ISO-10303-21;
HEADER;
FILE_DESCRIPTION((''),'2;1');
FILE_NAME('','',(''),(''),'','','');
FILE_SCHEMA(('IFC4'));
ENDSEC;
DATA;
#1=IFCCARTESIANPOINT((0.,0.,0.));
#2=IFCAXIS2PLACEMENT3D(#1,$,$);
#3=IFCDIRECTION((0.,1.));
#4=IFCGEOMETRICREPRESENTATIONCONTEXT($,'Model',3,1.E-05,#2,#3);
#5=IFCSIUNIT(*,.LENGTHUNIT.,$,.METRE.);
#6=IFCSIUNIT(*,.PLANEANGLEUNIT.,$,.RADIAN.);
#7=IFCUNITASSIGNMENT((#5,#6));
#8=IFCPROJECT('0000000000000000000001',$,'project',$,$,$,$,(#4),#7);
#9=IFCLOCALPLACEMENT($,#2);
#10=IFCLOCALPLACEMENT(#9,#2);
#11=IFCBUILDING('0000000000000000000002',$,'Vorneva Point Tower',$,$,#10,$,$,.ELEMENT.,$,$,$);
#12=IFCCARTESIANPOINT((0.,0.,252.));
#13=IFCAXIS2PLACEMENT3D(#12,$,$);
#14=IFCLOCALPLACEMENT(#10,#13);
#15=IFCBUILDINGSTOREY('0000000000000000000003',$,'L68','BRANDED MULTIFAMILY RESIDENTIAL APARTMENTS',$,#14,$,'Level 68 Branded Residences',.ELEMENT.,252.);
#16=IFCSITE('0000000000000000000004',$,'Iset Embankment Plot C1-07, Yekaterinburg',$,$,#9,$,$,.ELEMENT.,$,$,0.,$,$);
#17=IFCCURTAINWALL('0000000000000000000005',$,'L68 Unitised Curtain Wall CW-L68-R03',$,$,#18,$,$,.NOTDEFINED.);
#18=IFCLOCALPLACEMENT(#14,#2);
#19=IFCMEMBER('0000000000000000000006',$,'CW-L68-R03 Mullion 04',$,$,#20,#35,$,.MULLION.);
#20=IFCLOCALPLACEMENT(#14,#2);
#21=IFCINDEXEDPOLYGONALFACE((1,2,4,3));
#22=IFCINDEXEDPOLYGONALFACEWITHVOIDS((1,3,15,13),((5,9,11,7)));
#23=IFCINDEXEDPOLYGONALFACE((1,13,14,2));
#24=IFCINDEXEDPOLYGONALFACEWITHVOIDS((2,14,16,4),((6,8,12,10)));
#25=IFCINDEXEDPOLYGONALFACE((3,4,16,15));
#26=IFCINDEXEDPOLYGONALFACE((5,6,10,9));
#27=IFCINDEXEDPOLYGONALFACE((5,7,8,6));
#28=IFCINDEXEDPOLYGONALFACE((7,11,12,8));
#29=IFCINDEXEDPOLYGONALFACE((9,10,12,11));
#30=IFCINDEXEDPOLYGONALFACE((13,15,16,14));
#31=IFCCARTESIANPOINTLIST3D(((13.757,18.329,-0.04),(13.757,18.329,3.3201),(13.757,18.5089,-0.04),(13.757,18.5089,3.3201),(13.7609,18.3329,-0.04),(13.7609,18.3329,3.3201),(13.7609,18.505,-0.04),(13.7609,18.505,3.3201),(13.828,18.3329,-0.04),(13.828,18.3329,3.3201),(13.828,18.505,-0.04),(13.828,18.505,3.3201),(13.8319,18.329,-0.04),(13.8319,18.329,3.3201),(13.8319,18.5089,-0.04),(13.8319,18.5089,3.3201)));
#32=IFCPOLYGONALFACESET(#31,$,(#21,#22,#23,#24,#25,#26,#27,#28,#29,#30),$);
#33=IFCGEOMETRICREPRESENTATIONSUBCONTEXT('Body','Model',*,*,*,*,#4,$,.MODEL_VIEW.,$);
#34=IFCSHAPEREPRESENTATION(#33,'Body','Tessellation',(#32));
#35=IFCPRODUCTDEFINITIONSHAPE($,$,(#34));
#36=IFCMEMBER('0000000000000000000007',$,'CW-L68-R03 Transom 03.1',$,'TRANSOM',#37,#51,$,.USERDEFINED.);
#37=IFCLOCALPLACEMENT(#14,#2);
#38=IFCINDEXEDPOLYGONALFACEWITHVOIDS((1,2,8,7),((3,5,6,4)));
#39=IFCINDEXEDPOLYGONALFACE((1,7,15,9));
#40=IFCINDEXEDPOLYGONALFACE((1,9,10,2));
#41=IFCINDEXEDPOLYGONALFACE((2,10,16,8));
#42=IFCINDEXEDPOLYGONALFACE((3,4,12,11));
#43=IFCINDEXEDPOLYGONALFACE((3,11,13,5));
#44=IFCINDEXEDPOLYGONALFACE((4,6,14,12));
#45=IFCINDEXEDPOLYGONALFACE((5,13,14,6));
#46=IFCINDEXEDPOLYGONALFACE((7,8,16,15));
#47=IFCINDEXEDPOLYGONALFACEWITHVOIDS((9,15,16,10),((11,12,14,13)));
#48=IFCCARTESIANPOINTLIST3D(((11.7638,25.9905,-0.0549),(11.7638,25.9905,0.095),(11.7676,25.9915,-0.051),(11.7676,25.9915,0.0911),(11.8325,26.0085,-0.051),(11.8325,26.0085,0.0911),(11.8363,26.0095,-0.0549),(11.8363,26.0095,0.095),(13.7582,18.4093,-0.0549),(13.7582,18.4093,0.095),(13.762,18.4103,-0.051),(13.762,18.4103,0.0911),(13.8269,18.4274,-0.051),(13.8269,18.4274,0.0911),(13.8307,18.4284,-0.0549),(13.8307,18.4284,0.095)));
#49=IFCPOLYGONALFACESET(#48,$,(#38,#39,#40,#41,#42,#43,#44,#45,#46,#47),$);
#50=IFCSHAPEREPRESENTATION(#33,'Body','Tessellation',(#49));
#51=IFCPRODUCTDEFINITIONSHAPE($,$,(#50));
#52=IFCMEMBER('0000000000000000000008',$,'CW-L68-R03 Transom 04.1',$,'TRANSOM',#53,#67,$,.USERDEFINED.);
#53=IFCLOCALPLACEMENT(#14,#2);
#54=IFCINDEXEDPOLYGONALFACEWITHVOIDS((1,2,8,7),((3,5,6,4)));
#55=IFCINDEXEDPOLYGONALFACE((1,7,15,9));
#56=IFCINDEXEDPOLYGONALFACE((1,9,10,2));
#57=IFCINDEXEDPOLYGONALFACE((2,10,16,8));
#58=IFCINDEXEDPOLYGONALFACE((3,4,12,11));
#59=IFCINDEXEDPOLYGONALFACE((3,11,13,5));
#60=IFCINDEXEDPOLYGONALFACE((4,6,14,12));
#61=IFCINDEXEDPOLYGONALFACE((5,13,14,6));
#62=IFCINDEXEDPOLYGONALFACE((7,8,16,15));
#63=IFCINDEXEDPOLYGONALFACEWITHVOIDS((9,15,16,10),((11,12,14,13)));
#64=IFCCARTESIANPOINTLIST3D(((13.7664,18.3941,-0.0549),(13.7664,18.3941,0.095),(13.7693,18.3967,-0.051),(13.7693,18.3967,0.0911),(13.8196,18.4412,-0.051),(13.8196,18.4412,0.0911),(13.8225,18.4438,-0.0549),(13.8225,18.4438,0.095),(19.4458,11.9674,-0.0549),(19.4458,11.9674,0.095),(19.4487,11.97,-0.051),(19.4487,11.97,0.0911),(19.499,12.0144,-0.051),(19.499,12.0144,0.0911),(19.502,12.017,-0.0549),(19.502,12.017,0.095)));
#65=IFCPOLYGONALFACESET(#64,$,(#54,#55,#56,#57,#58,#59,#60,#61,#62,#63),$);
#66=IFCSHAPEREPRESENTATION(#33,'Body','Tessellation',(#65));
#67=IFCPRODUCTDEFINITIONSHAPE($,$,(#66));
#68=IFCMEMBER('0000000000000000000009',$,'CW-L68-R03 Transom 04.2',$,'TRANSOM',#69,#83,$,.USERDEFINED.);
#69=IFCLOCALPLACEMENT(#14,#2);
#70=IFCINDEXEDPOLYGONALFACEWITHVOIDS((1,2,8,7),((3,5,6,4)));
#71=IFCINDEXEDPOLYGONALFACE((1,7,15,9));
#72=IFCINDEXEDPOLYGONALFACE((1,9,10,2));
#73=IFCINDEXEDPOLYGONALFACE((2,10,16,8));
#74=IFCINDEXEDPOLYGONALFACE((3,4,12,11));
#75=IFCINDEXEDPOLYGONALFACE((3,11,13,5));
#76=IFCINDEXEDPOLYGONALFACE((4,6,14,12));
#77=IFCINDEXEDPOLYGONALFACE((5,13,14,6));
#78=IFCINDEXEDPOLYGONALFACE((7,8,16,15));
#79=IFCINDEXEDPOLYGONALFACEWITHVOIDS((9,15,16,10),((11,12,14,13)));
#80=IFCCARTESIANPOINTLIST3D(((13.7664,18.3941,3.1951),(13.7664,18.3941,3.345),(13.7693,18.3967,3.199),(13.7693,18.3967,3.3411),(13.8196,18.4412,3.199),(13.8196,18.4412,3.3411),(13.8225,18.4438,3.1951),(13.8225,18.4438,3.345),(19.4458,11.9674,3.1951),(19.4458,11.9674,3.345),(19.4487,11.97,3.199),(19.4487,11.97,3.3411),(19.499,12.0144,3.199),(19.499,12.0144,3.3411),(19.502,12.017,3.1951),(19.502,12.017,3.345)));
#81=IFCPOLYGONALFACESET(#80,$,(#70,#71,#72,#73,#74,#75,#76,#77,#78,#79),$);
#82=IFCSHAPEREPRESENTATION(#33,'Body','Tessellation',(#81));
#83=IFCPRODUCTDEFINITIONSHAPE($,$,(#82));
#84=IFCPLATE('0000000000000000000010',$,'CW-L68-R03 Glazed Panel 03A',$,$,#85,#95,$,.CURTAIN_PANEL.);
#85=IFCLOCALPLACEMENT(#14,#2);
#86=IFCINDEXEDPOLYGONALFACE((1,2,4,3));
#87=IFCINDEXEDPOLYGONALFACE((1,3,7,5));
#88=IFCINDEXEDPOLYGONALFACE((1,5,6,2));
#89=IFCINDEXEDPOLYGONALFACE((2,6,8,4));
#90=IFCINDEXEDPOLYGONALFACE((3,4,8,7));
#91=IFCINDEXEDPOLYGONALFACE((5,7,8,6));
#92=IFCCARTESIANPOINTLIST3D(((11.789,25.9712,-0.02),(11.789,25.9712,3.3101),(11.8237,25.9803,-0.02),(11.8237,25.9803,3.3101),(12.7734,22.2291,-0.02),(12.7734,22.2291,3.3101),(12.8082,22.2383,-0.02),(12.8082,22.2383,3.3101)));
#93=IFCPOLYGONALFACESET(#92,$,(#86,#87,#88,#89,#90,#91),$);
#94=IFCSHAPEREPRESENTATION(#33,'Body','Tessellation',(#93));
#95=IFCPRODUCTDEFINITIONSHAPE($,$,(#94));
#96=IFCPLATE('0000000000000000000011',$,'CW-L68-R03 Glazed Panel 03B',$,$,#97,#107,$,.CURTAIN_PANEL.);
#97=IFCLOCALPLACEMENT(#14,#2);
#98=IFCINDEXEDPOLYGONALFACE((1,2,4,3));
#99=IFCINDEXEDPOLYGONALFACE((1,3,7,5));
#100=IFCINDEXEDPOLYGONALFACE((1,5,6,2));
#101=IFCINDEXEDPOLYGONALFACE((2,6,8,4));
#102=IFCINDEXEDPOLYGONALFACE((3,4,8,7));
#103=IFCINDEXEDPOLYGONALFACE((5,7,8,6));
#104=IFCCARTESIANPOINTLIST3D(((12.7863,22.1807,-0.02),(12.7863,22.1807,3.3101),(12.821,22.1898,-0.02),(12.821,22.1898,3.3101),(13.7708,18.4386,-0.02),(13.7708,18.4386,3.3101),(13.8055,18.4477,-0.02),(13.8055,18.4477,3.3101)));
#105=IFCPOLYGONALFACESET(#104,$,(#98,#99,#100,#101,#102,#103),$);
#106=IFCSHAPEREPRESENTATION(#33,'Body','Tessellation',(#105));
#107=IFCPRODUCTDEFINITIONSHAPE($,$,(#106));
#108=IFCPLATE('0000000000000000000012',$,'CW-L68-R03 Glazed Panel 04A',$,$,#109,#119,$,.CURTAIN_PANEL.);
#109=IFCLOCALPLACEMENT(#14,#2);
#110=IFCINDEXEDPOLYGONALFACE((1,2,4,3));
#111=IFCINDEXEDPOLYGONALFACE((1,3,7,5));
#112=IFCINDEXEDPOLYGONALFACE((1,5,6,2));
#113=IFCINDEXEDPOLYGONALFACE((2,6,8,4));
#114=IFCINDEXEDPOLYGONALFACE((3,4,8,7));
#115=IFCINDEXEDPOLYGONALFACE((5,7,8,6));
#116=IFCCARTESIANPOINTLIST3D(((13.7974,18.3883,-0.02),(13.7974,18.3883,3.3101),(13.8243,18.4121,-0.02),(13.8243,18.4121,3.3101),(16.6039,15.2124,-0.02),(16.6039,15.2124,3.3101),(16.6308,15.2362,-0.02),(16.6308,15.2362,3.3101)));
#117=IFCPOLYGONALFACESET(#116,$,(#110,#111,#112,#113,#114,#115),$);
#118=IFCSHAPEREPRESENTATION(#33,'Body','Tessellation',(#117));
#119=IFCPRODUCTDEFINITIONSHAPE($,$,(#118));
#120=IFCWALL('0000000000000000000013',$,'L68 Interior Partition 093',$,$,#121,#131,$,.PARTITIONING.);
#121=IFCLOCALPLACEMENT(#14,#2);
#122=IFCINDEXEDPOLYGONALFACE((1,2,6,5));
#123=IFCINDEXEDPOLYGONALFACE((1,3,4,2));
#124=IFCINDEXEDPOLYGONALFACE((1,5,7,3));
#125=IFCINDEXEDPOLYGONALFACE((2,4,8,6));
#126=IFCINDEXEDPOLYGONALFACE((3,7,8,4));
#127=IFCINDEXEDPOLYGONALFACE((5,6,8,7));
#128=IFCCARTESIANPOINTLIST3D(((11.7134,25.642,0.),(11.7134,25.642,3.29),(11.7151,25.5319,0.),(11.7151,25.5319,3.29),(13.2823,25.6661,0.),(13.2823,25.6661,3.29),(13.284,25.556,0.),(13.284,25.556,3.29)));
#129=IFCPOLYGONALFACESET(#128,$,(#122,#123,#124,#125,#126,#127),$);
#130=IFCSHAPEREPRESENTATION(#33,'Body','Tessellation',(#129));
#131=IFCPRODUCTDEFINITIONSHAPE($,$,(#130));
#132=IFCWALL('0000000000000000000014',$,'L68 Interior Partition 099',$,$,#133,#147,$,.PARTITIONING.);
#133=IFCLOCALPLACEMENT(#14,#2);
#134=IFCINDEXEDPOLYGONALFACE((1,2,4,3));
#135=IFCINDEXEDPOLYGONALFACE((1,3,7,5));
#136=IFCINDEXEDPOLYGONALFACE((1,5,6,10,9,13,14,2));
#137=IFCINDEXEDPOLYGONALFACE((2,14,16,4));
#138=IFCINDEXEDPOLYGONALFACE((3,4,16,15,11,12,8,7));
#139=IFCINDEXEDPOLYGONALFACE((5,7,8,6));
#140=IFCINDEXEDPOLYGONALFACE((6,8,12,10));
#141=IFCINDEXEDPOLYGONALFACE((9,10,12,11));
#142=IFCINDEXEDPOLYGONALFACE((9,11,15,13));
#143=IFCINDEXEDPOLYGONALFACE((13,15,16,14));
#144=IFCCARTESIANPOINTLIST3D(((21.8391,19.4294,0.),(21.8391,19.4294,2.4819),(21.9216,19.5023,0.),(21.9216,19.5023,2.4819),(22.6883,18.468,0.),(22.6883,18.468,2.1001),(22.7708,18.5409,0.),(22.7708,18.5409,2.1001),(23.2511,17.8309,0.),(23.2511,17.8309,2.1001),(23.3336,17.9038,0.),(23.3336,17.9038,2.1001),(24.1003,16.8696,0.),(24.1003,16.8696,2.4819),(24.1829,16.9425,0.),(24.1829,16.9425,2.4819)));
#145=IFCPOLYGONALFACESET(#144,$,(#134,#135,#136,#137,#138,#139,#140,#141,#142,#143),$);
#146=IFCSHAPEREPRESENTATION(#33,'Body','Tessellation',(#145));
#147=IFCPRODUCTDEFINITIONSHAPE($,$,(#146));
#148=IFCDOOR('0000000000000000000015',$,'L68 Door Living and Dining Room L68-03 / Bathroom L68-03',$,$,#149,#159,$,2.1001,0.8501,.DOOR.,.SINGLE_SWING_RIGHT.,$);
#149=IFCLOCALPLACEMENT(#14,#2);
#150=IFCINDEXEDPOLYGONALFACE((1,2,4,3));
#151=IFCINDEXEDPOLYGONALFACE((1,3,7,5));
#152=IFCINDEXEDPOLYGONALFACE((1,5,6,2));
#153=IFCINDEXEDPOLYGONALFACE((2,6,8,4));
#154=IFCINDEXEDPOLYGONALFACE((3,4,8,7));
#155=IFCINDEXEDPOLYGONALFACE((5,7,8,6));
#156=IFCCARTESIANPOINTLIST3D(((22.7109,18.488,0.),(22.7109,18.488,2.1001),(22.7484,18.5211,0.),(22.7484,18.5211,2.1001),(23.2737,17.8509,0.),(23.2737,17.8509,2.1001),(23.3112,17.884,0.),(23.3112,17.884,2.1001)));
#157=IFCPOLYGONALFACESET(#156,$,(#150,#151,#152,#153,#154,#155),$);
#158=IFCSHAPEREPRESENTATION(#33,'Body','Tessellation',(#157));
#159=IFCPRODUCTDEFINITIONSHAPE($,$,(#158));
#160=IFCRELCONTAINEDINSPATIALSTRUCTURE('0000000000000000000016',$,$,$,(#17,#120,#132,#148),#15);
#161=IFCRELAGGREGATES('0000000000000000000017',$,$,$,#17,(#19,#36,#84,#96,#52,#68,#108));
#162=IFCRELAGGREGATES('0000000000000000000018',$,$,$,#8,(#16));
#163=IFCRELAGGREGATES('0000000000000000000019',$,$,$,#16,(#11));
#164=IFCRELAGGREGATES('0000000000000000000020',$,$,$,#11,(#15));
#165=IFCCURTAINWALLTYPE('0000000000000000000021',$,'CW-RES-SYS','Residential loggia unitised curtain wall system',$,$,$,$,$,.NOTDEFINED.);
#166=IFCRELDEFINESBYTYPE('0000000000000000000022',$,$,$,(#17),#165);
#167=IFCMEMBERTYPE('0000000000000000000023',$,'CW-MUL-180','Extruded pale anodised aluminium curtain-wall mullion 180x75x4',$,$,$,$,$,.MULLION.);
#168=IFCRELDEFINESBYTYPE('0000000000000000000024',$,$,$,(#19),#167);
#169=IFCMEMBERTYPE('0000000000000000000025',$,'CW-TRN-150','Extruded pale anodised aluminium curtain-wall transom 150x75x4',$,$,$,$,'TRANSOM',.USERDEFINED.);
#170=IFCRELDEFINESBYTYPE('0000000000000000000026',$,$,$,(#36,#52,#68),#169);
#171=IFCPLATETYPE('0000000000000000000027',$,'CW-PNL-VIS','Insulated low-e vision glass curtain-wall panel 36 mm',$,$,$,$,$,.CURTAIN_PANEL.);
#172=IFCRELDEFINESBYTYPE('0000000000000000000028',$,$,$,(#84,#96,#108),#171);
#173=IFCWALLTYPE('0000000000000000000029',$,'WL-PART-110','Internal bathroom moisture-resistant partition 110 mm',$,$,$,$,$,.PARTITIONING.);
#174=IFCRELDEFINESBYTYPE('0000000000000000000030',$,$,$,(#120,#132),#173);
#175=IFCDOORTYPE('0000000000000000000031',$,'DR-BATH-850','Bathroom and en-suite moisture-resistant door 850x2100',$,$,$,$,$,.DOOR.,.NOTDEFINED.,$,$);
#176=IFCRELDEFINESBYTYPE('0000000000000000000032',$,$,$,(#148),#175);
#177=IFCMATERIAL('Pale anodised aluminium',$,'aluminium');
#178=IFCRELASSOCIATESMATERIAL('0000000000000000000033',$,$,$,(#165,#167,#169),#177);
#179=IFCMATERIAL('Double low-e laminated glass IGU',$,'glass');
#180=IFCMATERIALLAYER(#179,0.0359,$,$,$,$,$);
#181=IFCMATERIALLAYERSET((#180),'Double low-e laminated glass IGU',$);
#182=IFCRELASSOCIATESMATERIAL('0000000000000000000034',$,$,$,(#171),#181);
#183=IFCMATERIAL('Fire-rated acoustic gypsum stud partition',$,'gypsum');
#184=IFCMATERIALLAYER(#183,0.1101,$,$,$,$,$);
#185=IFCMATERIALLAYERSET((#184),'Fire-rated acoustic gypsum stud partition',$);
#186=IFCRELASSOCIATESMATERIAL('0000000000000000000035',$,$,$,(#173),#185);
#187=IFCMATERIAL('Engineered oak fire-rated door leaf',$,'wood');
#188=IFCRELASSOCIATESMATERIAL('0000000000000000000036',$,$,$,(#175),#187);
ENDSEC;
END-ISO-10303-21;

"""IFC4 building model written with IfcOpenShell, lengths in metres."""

from ifc_helpers import new_model, si_unit, direction, frame, frame_2d, origin, origin_2d, place, context, subcontext, project, spatial, rectangle, hollow_rectangle, extrude, material, layer, layer_set, material_profile, profile_set, type_object, element, fill, aggregate, save


model = new_model("IFC4")

# Units and contexts
model_context = context("Model", 3, precision=1e-05, world=origin(), true_north=direction((0.0, 1.0)))
body_context = subcontext(model_context, "Body", "Model", "MODEL_VIEW")
ifc_project = project(units=[si_unit("LENGTHUNIT", "METRE"), si_unit("PLANEANGLEUNIT", "RADIAN")], contexts=[model_context])

# Site, building, storey
site_placement = place(None, origin())
site = spatial("IfcSite", under=ifc_project, at=site_placement, Name="Iset Embankment Plot C1-07, Yekaterinburg", CompositionType="ELEMENT", RefElevation=0.0)
building_placement = place(site_placement, origin())
building = spatial("IfcBuilding", under=site, at=building_placement, Name="Vorneva Point Tower", CompositionType="ELEMENT")
storey_placement = place(building_placement, frame((0.0, 0.0, 252.0)))
storey = spatial("IfcBuildingStorey", under=building, at=storey_placement, Name="L68", Description="BRANDED MULTIFAMILY RESIDENTIAL APARTMENTS", LongName="Level 68 Branded Residences", CompositionType="ELEMENT", Elevation=252.0)

# Curtain wall, members, plates
ifc_material_1 = material(Name="Pale anodised aluminium", Category="aluminium")
curtain_wall_type = type_object("IfcCurtainWallType", Name="CW-RES-SYS", Description="Residential loggia unitised curtain wall system", PredefinedType="NOTDEFINED", material=ifc_material_1)
curtain_wall_placement = place(storey_placement, origin())
curtain_wall = element("IfcCurtainWall", 1, at=curtain_wall_placement, inside=storey, type_object=curtain_wall_type, Name="L68 Unitised Curtain Wall CW-L68-R03", PredefinedType="NOTDEFINED")
ifc_material_profile_1 = material_profile(ifc_material_1, hollow_rectangle(XDim=0.075, YDim=0.1799, WallThickness=0.0039, at=origin_2d()), Name="AL-MUL 180x75x4")
ifc_profile_set_1 = profile_set([ifc_material_profile_1], Name="Pale anodised aluminium")
member_type_1 = type_object("IfcMemberType", Name="CW-MUL-180", Description="Extruded pale anodised aluminium curtain-wall mullion 180x75x4", PredefinedType="MULLION", material=ifc_profile_set_1)
member_1_placement = place(storey_placement, frame((13.7944, 18.4189, -0.04), z_axis=(0.0, 0.0, 1.0), x_axis=(1.0, 0.0, 0.0)))
member_1 = element("IfcMember", 2, at=member_1_placement, type_object=member_type_1, Name="CW-L68-R03 Mullion 04", PredefinedType="MULLION", context=body_context, shape_type="SweptSolid", body=[
    extrude(hollow_rectangle(XDim=0.075, YDim=0.1799, WallThickness=0.0039, at=origin_2d()), origin(), (0.0, 0.0, 1.0), 3.3601),
])
ifc_material_profile_2 = material_profile(ifc_material_1, hollow_rectangle(XDim=0.075, YDim=0.1499, WallThickness=0.0039, at=origin_2d()), Name="AL-TRN 150x75x4")
ifc_profile_set_2 = profile_set([ifc_material_profile_2], Name="Pale anodised aluminium")
member_type_2 = type_object("IfcMemberType", Name="CW-TRN-150", Description="Extruded pale anodised aluminium curtain-wall transom 150x75x4", ElementType="TRANSOM", PredefinedType="USERDEFINED", material=ifc_profile_set_2)
member_2_placement = place(storey_placement, frame((11.8, 26.0, 0.02), z_axis=(0.254418, -0.967094, 0.0), x_axis=(0.967094, 0.254418, 0.0)))
member_2 = element("IfcMember", 3, at=member_2_placement, type_object=member_type_2, Name="CW-L68-R03 Transom 03.1", ObjectType="TRANSOM", PredefinedType="USERDEFINED", context=body_context, shape_type="SweptSolid", body=[
    extrude(hollow_rectangle(XDim=0.075, YDim=0.1499, WallThickness=0.0039, at=origin_2d()), origin(), (0.0, 0.0, 1.0), 7.8391),
])
member_3_placement = place(storey_placement, frame((13.7944, 18.4189, 0.02), z_axis=(0.662197, -0.74933, 0.0), x_axis=(0.74933, 0.662197, 0.0)))
member_3 = element("IfcMember", 4, at=member_3_placement, type_object=member_type_2, Name="CW-L68-R03 Transom 04.1", ObjectType="TRANSOM", PredefinedType="USERDEFINED", context=body_context, shape_type="SweptSolid", body=[
    extrude(hollow_rectangle(XDim=0.075, YDim=0.1499, WallThickness=0.0039, at=origin_2d()), origin(), (0.0, 0.0, 1.0), 8.5767),
])
member_4_placement = place(storey_placement, frame((13.7944, 18.4189, 3.27), z_axis=(0.662197, -0.74933, 0.0), x_axis=(0.74933, 0.662197, 0.0)))
member_4 = element("IfcMember", 5, at=member_4_placement, type_object=member_type_2, Name="CW-L68-R03 Transom 04.2", ObjectType="TRANSOM", PredefinedType="USERDEFINED", context=body_context, shape_type="SweptSolid", body=[
    extrude(hollow_rectangle(XDim=0.075, YDim=0.1499, WallThickness=0.0039, at=origin_2d()), origin(), (0.0, 0.0, 1.0), 8.5767),
])
ifc_material_2 = material(Name="Double low-e laminated glass IGU", Category="glass")
ifc_layer_1 = layer(ifc_material_2, 0.0359)
ifc_layer_set_1 = layer_set([ifc_layer_1], Name="Double low-e laminated glass IGU")
plate_type = type_object("IfcPlateType", Name="CW-PNL-VIS", Description="Insulated low-e vision glass curtain-wall panel 36 mm", PredefinedType="CURTAIN_PANEL", material=ifc_layer_set_1)
plate_1_placement = place(storey_placement, frame((12.2986, 24.1047, -0.02), z_axis=(0.0, 0.0, 1.0), x_axis=(0.254416, -0.967095, 0.0)))
plate_1 = element("IfcPlate", 6, at=plate_1_placement, type_object=plate_type, Name="CW-L68-R03 Glazed Panel 03A", PredefinedType="CURTAIN_PANEL", context=body_context, shape_type="SweptSolid", body=[
    extrude(rectangle(XDim=3.8694, YDim=0.0359, at=origin_2d()), origin(), (0.0, 0.0, 1.0), 3.3301),
])
plate_2_placement = place(storey_placement, frame((13.2959, 20.3142, -0.02), z_axis=(0.0, 0.0, 1.0), x_axis=(0.254416, -0.967095, 0.0)))
plate_2 = element("IfcPlate", 7, at=plate_2_placement, type_object=plate_type, Name="CW-L68-R03 Glazed Panel 03B", PredefinedType="CURTAIN_PANEL", context=body_context, shape_type="SweptSolid", body=[
    extrude(rectangle(XDim=3.8694, YDim=0.0359, at=origin_2d()), origin(), (0.0, 0.0, 1.0), 3.3301),
])
plate_3_placement = place(storey_placement, frame((15.2141, 16.8123, -0.02), z_axis=(0.0, 0.0, 1.0), x_axis=(0.662189, -0.749337, 0.0)))
plate_3 = element("IfcPlate", 8, at=plate_3_placement, type_object=plate_type, Name="CW-L68-R03 Glazed Panel 04A", PredefinedType="CURTAIN_PANEL", context=body_context, shape_type="SweptSolid", body=[
    extrude(rectangle(XDim=4.2383, YDim=0.0359, at=origin_2d()), origin(), (0.0, 0.0, 1.0), 3.3301),
])
aggregate(curtain_wall, [member_1, member_2, plate_1, plate_2, member_3, member_4, plate_3])

# Wall
ifc_material_3 = material(Name="Fire-rated acoustic gypsum stud partition", Category="gypsum")
ifc_layer_2 = layer(ifc_material_3, 0.1101)
ifc_layer_set_2 = layer_set([ifc_layer_2], Name="Fire-rated acoustic gypsum stud partition")
wall_type_1 = type_object("IfcWallType", Name="WL-PART-110", Description="Internal bathroom moisture-resistant partition 110 mm", PredefinedType="PARTITIONING", material=ifc_layer_set_2)
wall_1_placement = place(storey_placement, frame((11.7141, 25.5869, 0.0), z_axis=(0.0, 0.0, 1.0), x_axis=(0.999881, 0.015404, 0.0)))
element("IfcWall", 9, at=wall_1_placement, inside=storey, type_object=wall_type_1, Name="L68 Interior Partition 093", PredefinedType="PARTITIONING", context=body_context, shape_type="SweptSolid", body=[
    extrude(rectangle(XDim=1.5691, YDim=0.1101, at=frame_2d((0.7847, 0.0))), origin(), (0.0, 0.0, 1.0), 3.29),
])

# Wall, opening, door
wall_2_placement = place(storey_placement, frame((24.1416, 16.906, 0.0), z_axis=(0.0, 0.0, 1.0), x_axis=(-0.662045, 0.749464, 0.0)))
wall_2 = element("IfcWall", 10, at=wall_2_placement, inside=storey, type_object=wall_type_1, Name="L68 Interior Partition 099", PredefinedType="PARTITIONING", context=body_context, shape_type="SweptSolid", body=[
    extrude(rectangle(XDim=3.4155, YDim=0.1101, at=frame_2d((1.7078, 0.0))), origin(), (0.0, 0.0, 1.0), 2.4819),
])
opening_1_placement = place(wall_2_placement, frame((1.2827, 0.0, 0.0)))
opening_1 = element("IfcOpeningElement", 11, at=opening_1_placement, cuts=wall_2, PredefinedType="OPENING", context=body_context, shape_type="SweptSolid", body=[
    extrude(rectangle(XDim=0.8501, YDim=2.1001, at=frame_2d((0.425, 1.05))), frame((0.0, 0.0698, 0.0), z_axis=(0.0, -1.0, 0.0), x_axis=(1.0, 0.0, 0.0)), (0.0, 0.0, 1.0), 0.1399),
])
ifc_material_4 = material(Name="Engineered oak fire-rated door leaf", Category="wood")
door_type_1 = type_object("IfcDoorType", Name="DR-BATH-850", Description="Bathroom and en-suite moisture-resistant door 850x2100", OperationType="NOTDEFINED", PredefinedType="DOOR", material=ifc_material_4)
door_1_placement = place(opening_1_placement, origin())
door_1 = element("IfcDoor", 12, at=door_1_placement, inside=storey, type_object=door_type_1, Name="L68 Door Living and Dining Room L68-03 / Bathroom L68-03", OperationType="SINGLE_SWING_RIGHT", OverallHeight=2.1001, OverallWidth=0.8501, PredefinedType="DOOR", context=body_context, shape_type="SweptSolid", body=[
    extrude(rectangle(XDim=0.8501, YDim=2.1001, at=frame_2d((0.425, 1.05))), frame((0.0, 0.0249, 0.0), z_axis=(0.0, -1.0, 0.0), x_axis=(1.0, 0.0, 0.0)), (0.0, 0.0, 1.0), 0.05),
])
fill(opening_1, door_1)

save(model, "model.ifc")
